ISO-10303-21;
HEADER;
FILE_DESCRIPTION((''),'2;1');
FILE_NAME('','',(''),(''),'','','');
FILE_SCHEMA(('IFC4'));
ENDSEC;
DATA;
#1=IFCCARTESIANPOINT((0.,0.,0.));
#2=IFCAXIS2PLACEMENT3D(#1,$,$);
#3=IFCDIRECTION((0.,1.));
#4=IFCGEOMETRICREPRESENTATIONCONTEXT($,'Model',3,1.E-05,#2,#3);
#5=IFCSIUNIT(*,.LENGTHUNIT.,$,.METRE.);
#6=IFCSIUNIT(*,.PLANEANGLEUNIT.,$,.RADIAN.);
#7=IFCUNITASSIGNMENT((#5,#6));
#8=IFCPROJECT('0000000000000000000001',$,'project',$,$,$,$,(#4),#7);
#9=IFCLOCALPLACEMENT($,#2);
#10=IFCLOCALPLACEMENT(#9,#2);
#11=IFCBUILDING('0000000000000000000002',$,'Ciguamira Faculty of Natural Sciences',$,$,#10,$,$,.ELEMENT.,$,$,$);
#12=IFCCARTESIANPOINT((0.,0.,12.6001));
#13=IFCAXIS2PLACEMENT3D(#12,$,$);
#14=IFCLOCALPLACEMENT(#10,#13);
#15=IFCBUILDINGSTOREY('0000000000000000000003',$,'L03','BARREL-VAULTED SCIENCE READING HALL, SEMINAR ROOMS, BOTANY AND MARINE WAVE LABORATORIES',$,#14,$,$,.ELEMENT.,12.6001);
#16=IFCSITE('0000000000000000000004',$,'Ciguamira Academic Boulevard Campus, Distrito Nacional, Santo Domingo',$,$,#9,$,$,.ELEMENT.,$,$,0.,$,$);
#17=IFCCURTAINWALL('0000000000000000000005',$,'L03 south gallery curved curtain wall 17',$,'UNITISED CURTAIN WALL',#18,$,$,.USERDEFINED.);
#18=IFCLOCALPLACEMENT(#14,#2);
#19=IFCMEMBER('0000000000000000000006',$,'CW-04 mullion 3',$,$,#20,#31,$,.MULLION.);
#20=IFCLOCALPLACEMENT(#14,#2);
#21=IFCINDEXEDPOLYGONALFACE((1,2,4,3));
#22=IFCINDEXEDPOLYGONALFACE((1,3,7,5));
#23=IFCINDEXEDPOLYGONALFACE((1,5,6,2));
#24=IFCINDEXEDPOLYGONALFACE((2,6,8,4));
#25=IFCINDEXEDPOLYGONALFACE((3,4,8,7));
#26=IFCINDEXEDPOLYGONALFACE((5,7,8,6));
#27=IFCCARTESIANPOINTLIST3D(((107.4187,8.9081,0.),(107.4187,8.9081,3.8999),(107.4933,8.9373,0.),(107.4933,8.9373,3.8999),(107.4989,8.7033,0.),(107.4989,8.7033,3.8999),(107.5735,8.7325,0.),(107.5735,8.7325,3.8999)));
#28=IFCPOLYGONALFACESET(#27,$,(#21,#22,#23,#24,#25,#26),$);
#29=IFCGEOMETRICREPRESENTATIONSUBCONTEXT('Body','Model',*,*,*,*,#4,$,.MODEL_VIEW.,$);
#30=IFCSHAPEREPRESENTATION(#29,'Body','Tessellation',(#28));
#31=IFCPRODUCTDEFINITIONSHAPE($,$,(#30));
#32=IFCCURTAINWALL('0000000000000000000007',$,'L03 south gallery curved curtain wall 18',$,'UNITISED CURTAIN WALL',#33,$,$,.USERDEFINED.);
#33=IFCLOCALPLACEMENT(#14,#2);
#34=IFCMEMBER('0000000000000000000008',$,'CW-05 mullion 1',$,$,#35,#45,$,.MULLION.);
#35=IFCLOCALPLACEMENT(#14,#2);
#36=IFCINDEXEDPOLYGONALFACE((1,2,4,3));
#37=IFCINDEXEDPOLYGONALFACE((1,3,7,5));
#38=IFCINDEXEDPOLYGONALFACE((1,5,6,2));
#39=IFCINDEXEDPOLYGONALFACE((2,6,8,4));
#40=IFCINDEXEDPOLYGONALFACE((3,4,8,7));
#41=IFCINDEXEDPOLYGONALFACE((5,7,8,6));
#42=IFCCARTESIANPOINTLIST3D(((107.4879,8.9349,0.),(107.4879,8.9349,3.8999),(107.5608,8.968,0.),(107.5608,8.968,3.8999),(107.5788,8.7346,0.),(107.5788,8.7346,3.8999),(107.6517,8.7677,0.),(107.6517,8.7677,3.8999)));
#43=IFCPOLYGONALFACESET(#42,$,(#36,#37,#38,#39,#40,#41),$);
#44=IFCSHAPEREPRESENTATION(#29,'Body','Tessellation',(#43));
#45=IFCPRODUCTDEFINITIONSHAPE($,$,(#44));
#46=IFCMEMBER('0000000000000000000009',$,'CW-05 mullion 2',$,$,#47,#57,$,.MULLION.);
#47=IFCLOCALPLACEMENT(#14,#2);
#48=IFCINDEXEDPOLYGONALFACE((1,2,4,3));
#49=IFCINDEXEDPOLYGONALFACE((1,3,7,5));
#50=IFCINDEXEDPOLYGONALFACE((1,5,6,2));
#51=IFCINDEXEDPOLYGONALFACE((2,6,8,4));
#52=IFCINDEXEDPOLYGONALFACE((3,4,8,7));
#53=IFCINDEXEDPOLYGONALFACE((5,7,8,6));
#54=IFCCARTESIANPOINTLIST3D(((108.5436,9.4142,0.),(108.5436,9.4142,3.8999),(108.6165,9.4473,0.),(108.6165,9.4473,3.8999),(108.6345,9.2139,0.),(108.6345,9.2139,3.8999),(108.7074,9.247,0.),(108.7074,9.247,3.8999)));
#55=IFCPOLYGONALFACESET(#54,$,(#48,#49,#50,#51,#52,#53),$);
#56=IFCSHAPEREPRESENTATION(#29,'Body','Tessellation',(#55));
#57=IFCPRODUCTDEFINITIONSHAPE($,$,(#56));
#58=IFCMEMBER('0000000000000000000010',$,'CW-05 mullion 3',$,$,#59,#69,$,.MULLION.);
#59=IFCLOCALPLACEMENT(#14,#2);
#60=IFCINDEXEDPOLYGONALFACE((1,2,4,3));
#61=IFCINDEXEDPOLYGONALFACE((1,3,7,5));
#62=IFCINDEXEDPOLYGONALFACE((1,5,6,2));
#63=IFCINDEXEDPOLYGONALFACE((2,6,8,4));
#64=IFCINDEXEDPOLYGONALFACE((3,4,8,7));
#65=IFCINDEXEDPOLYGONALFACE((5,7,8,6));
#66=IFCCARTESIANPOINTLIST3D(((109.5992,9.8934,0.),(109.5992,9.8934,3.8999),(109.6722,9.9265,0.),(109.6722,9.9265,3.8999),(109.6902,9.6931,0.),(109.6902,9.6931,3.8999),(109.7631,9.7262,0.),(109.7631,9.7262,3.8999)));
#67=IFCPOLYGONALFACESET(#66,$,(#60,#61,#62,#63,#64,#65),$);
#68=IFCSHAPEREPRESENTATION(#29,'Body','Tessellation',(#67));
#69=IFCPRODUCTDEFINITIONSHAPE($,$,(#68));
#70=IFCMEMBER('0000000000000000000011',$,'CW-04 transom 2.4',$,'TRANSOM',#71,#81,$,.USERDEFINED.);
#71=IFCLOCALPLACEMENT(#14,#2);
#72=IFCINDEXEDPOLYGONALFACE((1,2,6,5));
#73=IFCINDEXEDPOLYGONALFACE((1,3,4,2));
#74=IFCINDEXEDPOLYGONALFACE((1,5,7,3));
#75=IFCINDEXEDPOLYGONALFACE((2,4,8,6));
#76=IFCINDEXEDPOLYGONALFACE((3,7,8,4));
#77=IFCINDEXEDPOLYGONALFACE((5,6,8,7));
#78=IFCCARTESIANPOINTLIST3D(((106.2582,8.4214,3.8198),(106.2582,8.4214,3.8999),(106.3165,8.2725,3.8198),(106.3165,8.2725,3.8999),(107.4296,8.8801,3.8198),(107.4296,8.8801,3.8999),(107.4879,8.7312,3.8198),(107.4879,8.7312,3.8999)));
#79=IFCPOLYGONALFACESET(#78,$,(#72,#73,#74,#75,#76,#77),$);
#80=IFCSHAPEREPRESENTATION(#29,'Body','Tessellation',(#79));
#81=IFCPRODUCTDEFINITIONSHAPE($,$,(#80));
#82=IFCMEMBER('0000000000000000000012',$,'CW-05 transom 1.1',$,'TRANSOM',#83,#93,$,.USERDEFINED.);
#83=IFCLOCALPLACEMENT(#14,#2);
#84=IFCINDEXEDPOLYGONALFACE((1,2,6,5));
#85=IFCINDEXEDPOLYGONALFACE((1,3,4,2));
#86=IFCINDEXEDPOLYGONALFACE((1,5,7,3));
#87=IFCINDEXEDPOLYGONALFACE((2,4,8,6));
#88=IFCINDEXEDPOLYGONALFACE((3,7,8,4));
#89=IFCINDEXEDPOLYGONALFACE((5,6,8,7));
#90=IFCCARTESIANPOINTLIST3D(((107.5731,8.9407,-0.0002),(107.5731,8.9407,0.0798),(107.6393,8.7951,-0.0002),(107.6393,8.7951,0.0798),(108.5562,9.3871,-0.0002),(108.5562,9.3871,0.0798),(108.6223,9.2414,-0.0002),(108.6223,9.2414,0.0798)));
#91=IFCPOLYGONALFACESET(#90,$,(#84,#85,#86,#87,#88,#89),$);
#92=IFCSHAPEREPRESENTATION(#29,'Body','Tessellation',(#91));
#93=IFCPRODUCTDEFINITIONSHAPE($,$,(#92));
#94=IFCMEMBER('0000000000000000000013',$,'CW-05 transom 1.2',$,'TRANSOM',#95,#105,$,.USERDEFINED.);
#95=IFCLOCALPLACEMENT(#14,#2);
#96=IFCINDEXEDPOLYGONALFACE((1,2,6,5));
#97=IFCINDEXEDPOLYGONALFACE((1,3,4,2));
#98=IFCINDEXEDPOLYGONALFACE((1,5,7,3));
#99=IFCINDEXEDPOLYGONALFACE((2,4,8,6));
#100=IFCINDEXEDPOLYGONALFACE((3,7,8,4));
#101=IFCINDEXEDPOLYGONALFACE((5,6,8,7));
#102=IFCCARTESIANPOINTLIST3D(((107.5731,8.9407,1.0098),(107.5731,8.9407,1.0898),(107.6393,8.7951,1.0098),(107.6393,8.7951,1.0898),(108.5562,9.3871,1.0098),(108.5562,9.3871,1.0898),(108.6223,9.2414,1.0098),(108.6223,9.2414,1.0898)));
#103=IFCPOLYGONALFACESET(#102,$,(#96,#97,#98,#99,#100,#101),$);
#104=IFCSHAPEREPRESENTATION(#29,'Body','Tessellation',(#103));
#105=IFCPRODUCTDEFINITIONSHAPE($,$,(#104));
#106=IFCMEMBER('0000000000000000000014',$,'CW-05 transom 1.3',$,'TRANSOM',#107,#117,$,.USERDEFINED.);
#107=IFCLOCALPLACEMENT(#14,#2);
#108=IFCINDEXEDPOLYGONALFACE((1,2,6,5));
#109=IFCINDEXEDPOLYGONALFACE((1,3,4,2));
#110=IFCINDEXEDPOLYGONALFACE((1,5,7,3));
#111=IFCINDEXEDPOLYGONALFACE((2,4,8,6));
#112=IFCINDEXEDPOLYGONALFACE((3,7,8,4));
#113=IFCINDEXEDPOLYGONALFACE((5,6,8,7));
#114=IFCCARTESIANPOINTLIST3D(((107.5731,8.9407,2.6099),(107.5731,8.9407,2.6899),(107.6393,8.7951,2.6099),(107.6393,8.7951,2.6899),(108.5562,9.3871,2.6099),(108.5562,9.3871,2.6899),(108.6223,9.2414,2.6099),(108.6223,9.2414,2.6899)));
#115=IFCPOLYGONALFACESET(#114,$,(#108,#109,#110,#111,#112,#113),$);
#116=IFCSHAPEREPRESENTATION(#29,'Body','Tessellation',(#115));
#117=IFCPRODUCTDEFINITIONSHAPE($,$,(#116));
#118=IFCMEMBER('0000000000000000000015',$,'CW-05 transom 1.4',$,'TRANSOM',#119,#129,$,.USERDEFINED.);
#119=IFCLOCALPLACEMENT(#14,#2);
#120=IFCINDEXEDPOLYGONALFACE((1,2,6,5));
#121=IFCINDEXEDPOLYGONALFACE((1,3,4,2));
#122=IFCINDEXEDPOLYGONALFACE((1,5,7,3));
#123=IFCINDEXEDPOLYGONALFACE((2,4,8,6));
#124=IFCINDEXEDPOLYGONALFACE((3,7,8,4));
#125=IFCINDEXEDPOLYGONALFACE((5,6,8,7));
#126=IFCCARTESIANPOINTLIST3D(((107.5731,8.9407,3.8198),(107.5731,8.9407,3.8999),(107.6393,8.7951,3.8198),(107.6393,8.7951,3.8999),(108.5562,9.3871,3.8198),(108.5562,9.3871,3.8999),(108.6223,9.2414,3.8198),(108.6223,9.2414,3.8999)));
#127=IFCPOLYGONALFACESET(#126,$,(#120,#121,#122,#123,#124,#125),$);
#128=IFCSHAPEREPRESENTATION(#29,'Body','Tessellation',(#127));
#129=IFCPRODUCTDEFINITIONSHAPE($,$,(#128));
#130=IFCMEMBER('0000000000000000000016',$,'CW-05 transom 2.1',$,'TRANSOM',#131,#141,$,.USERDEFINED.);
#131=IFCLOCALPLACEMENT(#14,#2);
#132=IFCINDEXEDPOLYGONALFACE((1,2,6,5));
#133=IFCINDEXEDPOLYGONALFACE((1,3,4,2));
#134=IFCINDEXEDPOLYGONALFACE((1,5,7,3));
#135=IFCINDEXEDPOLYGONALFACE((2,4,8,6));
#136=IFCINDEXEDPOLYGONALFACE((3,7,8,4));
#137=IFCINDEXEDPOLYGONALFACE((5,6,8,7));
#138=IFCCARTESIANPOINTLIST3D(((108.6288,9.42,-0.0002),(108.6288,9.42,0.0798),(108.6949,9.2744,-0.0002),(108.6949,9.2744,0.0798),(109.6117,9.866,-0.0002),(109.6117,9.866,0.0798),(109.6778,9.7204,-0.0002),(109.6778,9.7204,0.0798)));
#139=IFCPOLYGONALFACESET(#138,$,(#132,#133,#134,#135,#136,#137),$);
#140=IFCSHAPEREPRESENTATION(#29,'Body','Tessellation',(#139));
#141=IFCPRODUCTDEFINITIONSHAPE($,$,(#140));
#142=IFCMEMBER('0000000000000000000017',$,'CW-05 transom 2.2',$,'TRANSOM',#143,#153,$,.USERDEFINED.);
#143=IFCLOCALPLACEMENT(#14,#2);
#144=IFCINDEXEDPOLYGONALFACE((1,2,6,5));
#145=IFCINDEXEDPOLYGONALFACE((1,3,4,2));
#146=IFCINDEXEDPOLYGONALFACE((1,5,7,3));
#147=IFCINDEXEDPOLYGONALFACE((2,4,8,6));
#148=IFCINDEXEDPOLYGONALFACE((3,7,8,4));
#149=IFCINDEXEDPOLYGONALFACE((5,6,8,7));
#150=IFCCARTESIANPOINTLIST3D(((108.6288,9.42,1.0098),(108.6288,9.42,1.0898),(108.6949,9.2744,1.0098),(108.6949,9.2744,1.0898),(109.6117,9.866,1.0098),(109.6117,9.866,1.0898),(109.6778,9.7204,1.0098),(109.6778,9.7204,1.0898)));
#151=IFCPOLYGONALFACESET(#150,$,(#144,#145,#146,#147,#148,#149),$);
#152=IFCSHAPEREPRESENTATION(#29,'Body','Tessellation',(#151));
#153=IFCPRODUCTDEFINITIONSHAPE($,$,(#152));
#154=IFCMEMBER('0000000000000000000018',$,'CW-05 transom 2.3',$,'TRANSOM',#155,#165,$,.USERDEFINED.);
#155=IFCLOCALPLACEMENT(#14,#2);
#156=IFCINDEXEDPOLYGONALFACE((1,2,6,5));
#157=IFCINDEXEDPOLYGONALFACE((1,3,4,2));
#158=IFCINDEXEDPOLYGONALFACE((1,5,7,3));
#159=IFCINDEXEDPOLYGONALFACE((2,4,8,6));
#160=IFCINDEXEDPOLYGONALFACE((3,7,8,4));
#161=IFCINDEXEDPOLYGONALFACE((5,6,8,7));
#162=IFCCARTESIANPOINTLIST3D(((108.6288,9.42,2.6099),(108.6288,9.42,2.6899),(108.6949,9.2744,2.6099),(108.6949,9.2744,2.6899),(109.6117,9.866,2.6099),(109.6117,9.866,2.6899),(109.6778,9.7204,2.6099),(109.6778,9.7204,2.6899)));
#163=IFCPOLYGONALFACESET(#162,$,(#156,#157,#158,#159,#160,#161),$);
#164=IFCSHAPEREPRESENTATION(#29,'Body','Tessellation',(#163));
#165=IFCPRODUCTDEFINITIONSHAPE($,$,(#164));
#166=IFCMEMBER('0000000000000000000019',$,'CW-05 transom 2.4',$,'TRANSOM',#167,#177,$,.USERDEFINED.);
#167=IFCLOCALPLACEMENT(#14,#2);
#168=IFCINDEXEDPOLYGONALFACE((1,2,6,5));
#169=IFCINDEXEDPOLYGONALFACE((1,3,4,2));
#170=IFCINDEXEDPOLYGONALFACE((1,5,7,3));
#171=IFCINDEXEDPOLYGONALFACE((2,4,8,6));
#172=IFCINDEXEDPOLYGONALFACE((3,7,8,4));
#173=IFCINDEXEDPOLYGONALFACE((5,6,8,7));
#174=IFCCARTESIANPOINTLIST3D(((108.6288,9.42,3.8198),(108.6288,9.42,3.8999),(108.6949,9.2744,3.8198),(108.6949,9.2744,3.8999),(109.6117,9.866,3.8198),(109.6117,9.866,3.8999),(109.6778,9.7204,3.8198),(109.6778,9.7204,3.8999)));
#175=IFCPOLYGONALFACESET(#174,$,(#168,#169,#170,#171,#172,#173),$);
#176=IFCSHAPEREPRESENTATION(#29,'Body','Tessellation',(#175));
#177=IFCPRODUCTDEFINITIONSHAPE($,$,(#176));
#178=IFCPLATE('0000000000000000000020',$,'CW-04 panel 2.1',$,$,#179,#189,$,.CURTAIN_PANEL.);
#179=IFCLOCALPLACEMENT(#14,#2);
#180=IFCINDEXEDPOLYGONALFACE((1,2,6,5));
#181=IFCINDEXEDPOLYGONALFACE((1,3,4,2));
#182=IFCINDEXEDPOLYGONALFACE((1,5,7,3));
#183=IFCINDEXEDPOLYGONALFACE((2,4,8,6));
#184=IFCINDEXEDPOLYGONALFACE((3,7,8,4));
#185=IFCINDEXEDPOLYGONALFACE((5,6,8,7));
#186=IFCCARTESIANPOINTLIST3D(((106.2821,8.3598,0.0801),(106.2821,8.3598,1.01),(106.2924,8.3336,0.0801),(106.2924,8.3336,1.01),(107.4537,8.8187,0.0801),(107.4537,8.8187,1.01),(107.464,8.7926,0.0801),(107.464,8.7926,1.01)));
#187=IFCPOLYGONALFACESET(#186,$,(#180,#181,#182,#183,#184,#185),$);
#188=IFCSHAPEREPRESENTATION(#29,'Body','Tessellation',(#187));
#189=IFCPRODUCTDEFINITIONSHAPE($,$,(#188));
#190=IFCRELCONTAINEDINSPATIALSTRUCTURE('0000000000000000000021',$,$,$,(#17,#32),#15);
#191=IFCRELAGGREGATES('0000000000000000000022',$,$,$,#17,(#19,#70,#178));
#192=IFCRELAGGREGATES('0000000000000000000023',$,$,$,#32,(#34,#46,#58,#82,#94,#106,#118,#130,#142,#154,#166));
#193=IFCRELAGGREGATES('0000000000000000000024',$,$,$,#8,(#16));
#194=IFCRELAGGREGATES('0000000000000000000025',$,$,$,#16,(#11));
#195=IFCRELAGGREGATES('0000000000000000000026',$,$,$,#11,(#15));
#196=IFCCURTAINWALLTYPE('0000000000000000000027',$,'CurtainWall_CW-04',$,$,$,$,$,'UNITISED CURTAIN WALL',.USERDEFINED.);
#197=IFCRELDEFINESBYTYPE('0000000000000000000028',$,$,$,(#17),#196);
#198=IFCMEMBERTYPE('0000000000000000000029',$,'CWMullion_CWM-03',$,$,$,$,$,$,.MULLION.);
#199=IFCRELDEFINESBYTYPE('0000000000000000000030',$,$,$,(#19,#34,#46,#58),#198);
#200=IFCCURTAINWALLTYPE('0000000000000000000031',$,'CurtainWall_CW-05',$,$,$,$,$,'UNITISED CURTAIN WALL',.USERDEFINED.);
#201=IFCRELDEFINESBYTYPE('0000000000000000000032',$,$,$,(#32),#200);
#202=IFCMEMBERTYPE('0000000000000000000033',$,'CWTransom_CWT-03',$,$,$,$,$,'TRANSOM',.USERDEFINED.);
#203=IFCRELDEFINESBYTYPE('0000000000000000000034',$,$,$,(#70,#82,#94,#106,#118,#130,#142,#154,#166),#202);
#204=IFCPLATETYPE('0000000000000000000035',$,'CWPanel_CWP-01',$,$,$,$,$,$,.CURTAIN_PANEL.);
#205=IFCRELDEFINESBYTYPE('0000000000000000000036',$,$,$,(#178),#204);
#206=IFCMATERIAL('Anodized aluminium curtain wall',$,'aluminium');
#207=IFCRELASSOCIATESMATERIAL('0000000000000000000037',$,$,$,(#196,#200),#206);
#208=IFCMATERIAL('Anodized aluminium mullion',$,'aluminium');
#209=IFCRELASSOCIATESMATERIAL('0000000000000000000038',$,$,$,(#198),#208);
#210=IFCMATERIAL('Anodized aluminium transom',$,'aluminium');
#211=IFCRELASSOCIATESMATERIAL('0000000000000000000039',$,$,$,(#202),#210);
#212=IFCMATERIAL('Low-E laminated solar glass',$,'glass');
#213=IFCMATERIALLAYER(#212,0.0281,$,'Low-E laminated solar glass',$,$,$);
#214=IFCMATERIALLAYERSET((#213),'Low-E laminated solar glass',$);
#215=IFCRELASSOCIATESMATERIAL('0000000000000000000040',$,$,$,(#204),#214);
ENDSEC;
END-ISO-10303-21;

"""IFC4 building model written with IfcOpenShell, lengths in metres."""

from ifc_helpers import new_model, si_unit, direction, frame, origin, origin_2d, place, context, subcontext, project, spatial, rectangle, extrude, material, layer, layer_set, material_profile, profile_set, type_object, element, aggregate, save


model = new_model("IFC4")

# Units and contexts
model_context = context("Model", 3, precision=1e-05, world=origin(), true_north=direction((0.0, 1.0)))
body_context = subcontext(model_context, "Body", "Model", "MODEL_VIEW")
ifc_project = project(units=[si_unit("LENGTHUNIT", "METRE"), si_unit("PLANEANGLEUNIT", "RADIAN")], contexts=[model_context])

# Site, building, storey
site_placement = place(None, origin())
site = spatial("IfcSite", under=ifc_project, at=site_placement, Name="Ciguamira Academic Boulevard Campus, Distrito Nacional, Santo Domingo", CompositionType="ELEMENT", RefElevation=0.0)
building_placement = place(site_placement, origin())
building = spatial("IfcBuilding", under=site, at=building_placement, Name="Ciguamira Faculty of Natural Sciences", CompositionType="ELEMENT")
storey_placement = place(building_placement, frame((0.0, 0.0, 12.6001)))
storey = spatial("IfcBuildingStorey", under=building, at=storey_placement, Name="L03", Description="BARREL-VAULTED SCIENCE READING HALL, SEMINAR ROOMS, BOTANY AND MARINE WAVE LABORATORIES", CompositionType="ELEMENT", Elevation=12.6001)

# Curtain wall, member
ifc_material_1 = material(Name="Anodized aluminium curtain wall", Category="aluminium")
curtain_wall_type_1 = type_object("IfcCurtainWallType", Name="CurtainWall_CW-04", ElementType="UNITISED CURTAIN WALL", PredefinedType="USERDEFINED", material=ifc_material_1)
curtain_wall_1_placement = place(storey_placement, origin())
curtain_wall_1 = element("IfcCurtainWall", 1, at=curtain_wall_1_placement, inside=storey, type_object=curtain_wall_type_1, Name="L03 south gallery curved curtain wall 17", ObjectType="UNITISED CURTAIN WALL", PredefinedType="USERDEFINED")
ifc_material_2 = material(Name="Anodized aluminium mullion", Category="aluminium")
ifc_material_profile_1 = material_profile(ifc_material_2, rectangle(XDim=0.0801, YDim=0.22, at=origin_2d()), Name="ALU-MUL-80X220")
ifc_profile_set_1 = profile_set([ifc_material_profile_1], Name="Anodized aluminium mullion")
member_type_1 = type_object("IfcMemberType", Name="CWMullion_CWM-03", PredefinedType="MULLION", material=ifc_profile_set_1)
member_1_placement = place(storey_placement, frame((107.4961, 8.8203, 0.0), z_axis=(0.0, 0.0, 1.0), x_axis=(0.931122, 0.364707, 0.0)))
member_1 = element("IfcMember", 2, at=member_1_placement, type_object=member_type_1, Name="CW-04 mullion 3", PredefinedType="MULLION", context=body_context, shape_type="SweptSolid", body=[
    extrude(rectangle(XDim=0.0801, YDim=0.22, at=origin_2d()), origin(), (0.0, 0.0, 1.0), 3.8999),
])

# Curtain wall, members
curtain_wall_type_2 = type_object("IfcCurtainWallType", Name="CurtainWall_CW-05", ElementType="UNITISED CURTAIN WALL", PredefinedType="USERDEFINED", material=ifc_material_1)
curtain_wall_2_placement = place(storey_placement, origin())
curtain_wall_2 = element("IfcCurtainWall", 3, at=curtain_wall_2_placement, inside=storey, type_object=curtain_wall_type_2, Name="L03 south gallery curved curtain wall 18", ObjectType="UNITISED CURTAIN WALL", PredefinedType="USERDEFINED")
member_2_placement = place(storey_placement, frame((107.5698, 8.8513, 0.0), z_axis=(0.0, 0.0, 1.0), x_axis=(0.910581, 0.413332, 0.0)))
member_2 = element("IfcMember", 4, at=member_2_placement, type_object=member_type_1, Name="CW-05 mullion 1", PredefinedType="MULLION", context=body_context, shape_type="SweptSolid", body=[
    extrude(rectangle(XDim=0.0801, YDim=0.22, at=origin_2d()), origin(), (0.0, 0.0, 1.0), 3.8999),
])
member_3_placement = place(storey_placement, frame((108.6255, 9.3306, 0.0), z_axis=(0.0, 0.0, 1.0), x_axis=(0.910581, 0.413332, 0.0)))
member_3 = element("IfcMember", 5, at=member_3_placement, type_object=member_type_1, Name="CW-05 mullion 2", PredefinedType="MULLION", context=body_context, shape_type="SweptSolid", body=[
    extrude(rectangle(XDim=0.0801, YDim=0.22, at=origin_2d()), origin(), (0.0, 0.0, 1.0), 3.8999),
])
member_4_placement = place(storey_placement, frame((109.6812, 9.8098, 0.0), z_axis=(0.0, 0.0, 1.0), x_axis=(0.910581, 0.413332, 0.0)))
member_4 = element("IfcMember", 6, at=member_4_placement, type_object=member_type_1, Name="CW-05 mullion 3", PredefinedType="MULLION", context=body_context, shape_type="SweptSolid", body=[
    extrude(rectangle(XDim=0.0801, YDim=0.22, at=origin_2d()), origin(), (0.0, 0.0, 1.0), 3.8999),
])

# Members
ifc_material_3 = material(Name="Anodized aluminium transom", Category="aluminium")
ifc_material_profile_2 = material_profile(ifc_material_3, rectangle(XDim=0.0801, YDim=0.1599, at=origin_2d()), Name="ALU-TRN-80X160")
ifc_profile_set_2 = profile_set([ifc_material_profile_2], Name="Anodized aluminium transom")
member_type_2 = type_object("IfcMemberType", Name="CWTransom_CWT-03", ElementType="TRANSOM", PredefinedType="USERDEFINED", material=ifc_profile_set_2)
member_5_placement = place(storey_placement, frame((106.2874, 8.3469, 3.8599), z_axis=(0.931143, 0.364655, 0.0), x_axis=(0.0, 0.0, 1.0)))
member_5 = element("IfcMember", 7, at=member_5_placement, type_object=member_type_2, Name="CW-04 transom 2.4", ObjectType="TRANSOM", PredefinedType="USERDEFINED", context=body_context, shape_type="SweptSolid", body=[
    extrude(rectangle(XDim=0.0801, YDim=0.1599, at=origin_2d()), origin(), (0.0, 0.0, 1.0), 1.2581),
])
member_6_placement = place(storey_placement, frame((107.6062, 8.8679, 0.0398), z_axis=(0.910537, 0.413428, 0.0), x_axis=(0.0, 0.0, 1.0)))
member_6 = element("IfcMember", 8, at=member_6_placement, type_object=member_type_2, Name="CW-05 transom 1.1", ObjectType="TRANSOM", PredefinedType="USERDEFINED", context=body_context, shape_type="SweptSolid", body=[
    extrude(rectangle(XDim=0.0801, YDim=0.1599, at=origin_2d()), origin(), (0.0, 0.0, 1.0), 1.0796),
])
member_7_placement = place(storey_placement, frame((107.6062, 8.8679, 1.0498), z_axis=(0.910537, 0.413428, 0.0), x_axis=(0.0, 0.0, 1.0)))
member_7 = element("IfcMember", 9, at=member_7_placement, type_object=member_type_2, Name="CW-05 transom 1.2", ObjectType="TRANSOM", PredefinedType="USERDEFINED", context=body_context, shape_type="SweptSolid", body=[
    extrude(rectangle(XDim=0.0801, YDim=0.1599, at=origin_2d()), origin(), (0.0, 0.0, 1.0), 1.0796),
])
member_8_placement = place(storey_placement, frame((107.6062, 8.8679, 2.6499), z_axis=(0.910537, 0.413428, 0.0), x_axis=(0.0, 0.0, 1.0)))
member_8 = element("IfcMember", 10, at=member_8_placement, type_object=member_type_2, Name="CW-05 transom 1.3", ObjectType="TRANSOM", PredefinedType="USERDEFINED", context=body_context, shape_type="SweptSolid", body=[
    extrude(rectangle(XDim=0.0801, YDim=0.1599, at=origin_2d()), origin(), (0.0, 0.0, 1.0), 1.0796),
])
member_9_placement = place(storey_placement, frame((107.6062, 8.8679, 3.8599), z_axis=(0.910537, 0.413428, 0.0), x_axis=(0.0, 0.0, 1.0)))
member_9 = element("IfcMember", 11, at=member_9_placement, type_object=member_type_2, Name="CW-05 transom 1.4", ObjectType="TRANSOM", PredefinedType="USERDEFINED", context=body_context, shape_type="SweptSolid", body=[
    extrude(rectangle(XDim=0.0801, YDim=0.1599, at=origin_2d()), origin(), (0.0, 0.0, 1.0), 1.0796),
])
member_10_placement = place(storey_placement, frame((108.6619, 9.3472, 0.0398), z_axis=(0.910622, 0.413241, 0.0), x_axis=(0.0, 0.0, 1.0)))
member_10 = element("IfcMember", 12, at=member_10_placement, type_object=member_type_2, Name="CW-05 transom 2.1", ObjectType="TRANSOM", PredefinedType="USERDEFINED", context=body_context, shape_type="SweptSolid", body=[
    extrude(rectangle(XDim=0.0801, YDim=0.1599, at=origin_2d()), origin(), (0.0, 0.0, 1.0), 1.0793),
])
member_11_placement = place(storey_placement, frame((108.6619, 9.3472, 1.0498), z_axis=(0.910622, 0.413241, 0.0), x_axis=(0.0, 0.0, 1.0)))
member_11 = element("IfcMember", 13, at=member_11_placement, type_object=member_type_2, Name="CW-05 transom 2.2", ObjectType="TRANSOM", PredefinedType="USERDEFINED", context=body_context, shape_type="SweptSolid", body=[
    extrude(rectangle(XDim=0.0801, YDim=0.1599, at=origin_2d()), origin(), (0.0, 0.0, 1.0), 1.0793),
])
member_12_placement = place(storey_placement, frame((108.6619, 9.3472, 2.6499), z_axis=(0.910622, 0.413241, 0.0), x_axis=(0.0, 0.0, 1.0)))
member_12 = element("IfcMember", 14, at=member_12_placement, type_object=member_type_2, Name="CW-05 transom 2.3", ObjectType="TRANSOM", PredefinedType="USERDEFINED", context=body_context, shape_type="SweptSolid", body=[
    extrude(rectangle(XDim=0.0801, YDim=0.1599, at=origin_2d()), origin(), (0.0, 0.0, 1.0), 1.0793),
])
member_13_placement = place(storey_placement, frame((108.6619, 9.3472, 3.8599), z_axis=(0.910622, 0.413241, 0.0), x_axis=(0.0, 0.0, 1.0)))
member_13 = element("IfcMember", 15, at=member_13_placement, type_object=member_type_2, Name="CW-05 transom 2.4", ObjectType="TRANSOM", PredefinedType="USERDEFINED", context=body_context, shape_type="SweptSolid", body=[
    extrude(rectangle(XDim=0.0801, YDim=0.1599, at=origin_2d()), origin(), (0.0, 0.0, 1.0), 1.0793),
])

# Plate
ifc_material_4 = material(Name="Low-E laminated solar glass", Category="glass")
ifc_layer = layer(ifc_material_4, 0.0281, Name="Low-E laminated solar glass")
ifc_layer_set = layer_set([ifc_layer], Name="Low-E laminated solar glass")
plate_type = type_object("IfcPlateType", Name="CWPanel_CWP-01", PredefinedType="CURTAIN_PANEL", material=ifc_layer_set)
plate_1_placement = place(storey_placement, frame((106.873, 8.5762, 0.0801), z_axis=(0.0, 0.0, 1.0), x_axis=(0.931122, 0.364707, 0.0)))
plate_1 = element("IfcPlate", 16, at=plate_1_placement, type_object=plate_type, Name="CW-04 panel 2.1", PredefinedType="CURTAIN_PANEL", context=body_context, shape_type="SweptSolid", body=[
    extrude(rectangle(XDim=1.2583, YDim=0.0281, at=origin_2d()), origin(), (0.0, 0.0, 1.0), 0.9299),
])
aggregate(curtain_wall_1, [member_1, member_5, plate_1])
aggregate(curtain_wall_2, [member_2, member_3, member_4, member_6, member_7, member_8, member_9, member_10, member_11, member_12, member_13])

save(model, "model.ifc")
